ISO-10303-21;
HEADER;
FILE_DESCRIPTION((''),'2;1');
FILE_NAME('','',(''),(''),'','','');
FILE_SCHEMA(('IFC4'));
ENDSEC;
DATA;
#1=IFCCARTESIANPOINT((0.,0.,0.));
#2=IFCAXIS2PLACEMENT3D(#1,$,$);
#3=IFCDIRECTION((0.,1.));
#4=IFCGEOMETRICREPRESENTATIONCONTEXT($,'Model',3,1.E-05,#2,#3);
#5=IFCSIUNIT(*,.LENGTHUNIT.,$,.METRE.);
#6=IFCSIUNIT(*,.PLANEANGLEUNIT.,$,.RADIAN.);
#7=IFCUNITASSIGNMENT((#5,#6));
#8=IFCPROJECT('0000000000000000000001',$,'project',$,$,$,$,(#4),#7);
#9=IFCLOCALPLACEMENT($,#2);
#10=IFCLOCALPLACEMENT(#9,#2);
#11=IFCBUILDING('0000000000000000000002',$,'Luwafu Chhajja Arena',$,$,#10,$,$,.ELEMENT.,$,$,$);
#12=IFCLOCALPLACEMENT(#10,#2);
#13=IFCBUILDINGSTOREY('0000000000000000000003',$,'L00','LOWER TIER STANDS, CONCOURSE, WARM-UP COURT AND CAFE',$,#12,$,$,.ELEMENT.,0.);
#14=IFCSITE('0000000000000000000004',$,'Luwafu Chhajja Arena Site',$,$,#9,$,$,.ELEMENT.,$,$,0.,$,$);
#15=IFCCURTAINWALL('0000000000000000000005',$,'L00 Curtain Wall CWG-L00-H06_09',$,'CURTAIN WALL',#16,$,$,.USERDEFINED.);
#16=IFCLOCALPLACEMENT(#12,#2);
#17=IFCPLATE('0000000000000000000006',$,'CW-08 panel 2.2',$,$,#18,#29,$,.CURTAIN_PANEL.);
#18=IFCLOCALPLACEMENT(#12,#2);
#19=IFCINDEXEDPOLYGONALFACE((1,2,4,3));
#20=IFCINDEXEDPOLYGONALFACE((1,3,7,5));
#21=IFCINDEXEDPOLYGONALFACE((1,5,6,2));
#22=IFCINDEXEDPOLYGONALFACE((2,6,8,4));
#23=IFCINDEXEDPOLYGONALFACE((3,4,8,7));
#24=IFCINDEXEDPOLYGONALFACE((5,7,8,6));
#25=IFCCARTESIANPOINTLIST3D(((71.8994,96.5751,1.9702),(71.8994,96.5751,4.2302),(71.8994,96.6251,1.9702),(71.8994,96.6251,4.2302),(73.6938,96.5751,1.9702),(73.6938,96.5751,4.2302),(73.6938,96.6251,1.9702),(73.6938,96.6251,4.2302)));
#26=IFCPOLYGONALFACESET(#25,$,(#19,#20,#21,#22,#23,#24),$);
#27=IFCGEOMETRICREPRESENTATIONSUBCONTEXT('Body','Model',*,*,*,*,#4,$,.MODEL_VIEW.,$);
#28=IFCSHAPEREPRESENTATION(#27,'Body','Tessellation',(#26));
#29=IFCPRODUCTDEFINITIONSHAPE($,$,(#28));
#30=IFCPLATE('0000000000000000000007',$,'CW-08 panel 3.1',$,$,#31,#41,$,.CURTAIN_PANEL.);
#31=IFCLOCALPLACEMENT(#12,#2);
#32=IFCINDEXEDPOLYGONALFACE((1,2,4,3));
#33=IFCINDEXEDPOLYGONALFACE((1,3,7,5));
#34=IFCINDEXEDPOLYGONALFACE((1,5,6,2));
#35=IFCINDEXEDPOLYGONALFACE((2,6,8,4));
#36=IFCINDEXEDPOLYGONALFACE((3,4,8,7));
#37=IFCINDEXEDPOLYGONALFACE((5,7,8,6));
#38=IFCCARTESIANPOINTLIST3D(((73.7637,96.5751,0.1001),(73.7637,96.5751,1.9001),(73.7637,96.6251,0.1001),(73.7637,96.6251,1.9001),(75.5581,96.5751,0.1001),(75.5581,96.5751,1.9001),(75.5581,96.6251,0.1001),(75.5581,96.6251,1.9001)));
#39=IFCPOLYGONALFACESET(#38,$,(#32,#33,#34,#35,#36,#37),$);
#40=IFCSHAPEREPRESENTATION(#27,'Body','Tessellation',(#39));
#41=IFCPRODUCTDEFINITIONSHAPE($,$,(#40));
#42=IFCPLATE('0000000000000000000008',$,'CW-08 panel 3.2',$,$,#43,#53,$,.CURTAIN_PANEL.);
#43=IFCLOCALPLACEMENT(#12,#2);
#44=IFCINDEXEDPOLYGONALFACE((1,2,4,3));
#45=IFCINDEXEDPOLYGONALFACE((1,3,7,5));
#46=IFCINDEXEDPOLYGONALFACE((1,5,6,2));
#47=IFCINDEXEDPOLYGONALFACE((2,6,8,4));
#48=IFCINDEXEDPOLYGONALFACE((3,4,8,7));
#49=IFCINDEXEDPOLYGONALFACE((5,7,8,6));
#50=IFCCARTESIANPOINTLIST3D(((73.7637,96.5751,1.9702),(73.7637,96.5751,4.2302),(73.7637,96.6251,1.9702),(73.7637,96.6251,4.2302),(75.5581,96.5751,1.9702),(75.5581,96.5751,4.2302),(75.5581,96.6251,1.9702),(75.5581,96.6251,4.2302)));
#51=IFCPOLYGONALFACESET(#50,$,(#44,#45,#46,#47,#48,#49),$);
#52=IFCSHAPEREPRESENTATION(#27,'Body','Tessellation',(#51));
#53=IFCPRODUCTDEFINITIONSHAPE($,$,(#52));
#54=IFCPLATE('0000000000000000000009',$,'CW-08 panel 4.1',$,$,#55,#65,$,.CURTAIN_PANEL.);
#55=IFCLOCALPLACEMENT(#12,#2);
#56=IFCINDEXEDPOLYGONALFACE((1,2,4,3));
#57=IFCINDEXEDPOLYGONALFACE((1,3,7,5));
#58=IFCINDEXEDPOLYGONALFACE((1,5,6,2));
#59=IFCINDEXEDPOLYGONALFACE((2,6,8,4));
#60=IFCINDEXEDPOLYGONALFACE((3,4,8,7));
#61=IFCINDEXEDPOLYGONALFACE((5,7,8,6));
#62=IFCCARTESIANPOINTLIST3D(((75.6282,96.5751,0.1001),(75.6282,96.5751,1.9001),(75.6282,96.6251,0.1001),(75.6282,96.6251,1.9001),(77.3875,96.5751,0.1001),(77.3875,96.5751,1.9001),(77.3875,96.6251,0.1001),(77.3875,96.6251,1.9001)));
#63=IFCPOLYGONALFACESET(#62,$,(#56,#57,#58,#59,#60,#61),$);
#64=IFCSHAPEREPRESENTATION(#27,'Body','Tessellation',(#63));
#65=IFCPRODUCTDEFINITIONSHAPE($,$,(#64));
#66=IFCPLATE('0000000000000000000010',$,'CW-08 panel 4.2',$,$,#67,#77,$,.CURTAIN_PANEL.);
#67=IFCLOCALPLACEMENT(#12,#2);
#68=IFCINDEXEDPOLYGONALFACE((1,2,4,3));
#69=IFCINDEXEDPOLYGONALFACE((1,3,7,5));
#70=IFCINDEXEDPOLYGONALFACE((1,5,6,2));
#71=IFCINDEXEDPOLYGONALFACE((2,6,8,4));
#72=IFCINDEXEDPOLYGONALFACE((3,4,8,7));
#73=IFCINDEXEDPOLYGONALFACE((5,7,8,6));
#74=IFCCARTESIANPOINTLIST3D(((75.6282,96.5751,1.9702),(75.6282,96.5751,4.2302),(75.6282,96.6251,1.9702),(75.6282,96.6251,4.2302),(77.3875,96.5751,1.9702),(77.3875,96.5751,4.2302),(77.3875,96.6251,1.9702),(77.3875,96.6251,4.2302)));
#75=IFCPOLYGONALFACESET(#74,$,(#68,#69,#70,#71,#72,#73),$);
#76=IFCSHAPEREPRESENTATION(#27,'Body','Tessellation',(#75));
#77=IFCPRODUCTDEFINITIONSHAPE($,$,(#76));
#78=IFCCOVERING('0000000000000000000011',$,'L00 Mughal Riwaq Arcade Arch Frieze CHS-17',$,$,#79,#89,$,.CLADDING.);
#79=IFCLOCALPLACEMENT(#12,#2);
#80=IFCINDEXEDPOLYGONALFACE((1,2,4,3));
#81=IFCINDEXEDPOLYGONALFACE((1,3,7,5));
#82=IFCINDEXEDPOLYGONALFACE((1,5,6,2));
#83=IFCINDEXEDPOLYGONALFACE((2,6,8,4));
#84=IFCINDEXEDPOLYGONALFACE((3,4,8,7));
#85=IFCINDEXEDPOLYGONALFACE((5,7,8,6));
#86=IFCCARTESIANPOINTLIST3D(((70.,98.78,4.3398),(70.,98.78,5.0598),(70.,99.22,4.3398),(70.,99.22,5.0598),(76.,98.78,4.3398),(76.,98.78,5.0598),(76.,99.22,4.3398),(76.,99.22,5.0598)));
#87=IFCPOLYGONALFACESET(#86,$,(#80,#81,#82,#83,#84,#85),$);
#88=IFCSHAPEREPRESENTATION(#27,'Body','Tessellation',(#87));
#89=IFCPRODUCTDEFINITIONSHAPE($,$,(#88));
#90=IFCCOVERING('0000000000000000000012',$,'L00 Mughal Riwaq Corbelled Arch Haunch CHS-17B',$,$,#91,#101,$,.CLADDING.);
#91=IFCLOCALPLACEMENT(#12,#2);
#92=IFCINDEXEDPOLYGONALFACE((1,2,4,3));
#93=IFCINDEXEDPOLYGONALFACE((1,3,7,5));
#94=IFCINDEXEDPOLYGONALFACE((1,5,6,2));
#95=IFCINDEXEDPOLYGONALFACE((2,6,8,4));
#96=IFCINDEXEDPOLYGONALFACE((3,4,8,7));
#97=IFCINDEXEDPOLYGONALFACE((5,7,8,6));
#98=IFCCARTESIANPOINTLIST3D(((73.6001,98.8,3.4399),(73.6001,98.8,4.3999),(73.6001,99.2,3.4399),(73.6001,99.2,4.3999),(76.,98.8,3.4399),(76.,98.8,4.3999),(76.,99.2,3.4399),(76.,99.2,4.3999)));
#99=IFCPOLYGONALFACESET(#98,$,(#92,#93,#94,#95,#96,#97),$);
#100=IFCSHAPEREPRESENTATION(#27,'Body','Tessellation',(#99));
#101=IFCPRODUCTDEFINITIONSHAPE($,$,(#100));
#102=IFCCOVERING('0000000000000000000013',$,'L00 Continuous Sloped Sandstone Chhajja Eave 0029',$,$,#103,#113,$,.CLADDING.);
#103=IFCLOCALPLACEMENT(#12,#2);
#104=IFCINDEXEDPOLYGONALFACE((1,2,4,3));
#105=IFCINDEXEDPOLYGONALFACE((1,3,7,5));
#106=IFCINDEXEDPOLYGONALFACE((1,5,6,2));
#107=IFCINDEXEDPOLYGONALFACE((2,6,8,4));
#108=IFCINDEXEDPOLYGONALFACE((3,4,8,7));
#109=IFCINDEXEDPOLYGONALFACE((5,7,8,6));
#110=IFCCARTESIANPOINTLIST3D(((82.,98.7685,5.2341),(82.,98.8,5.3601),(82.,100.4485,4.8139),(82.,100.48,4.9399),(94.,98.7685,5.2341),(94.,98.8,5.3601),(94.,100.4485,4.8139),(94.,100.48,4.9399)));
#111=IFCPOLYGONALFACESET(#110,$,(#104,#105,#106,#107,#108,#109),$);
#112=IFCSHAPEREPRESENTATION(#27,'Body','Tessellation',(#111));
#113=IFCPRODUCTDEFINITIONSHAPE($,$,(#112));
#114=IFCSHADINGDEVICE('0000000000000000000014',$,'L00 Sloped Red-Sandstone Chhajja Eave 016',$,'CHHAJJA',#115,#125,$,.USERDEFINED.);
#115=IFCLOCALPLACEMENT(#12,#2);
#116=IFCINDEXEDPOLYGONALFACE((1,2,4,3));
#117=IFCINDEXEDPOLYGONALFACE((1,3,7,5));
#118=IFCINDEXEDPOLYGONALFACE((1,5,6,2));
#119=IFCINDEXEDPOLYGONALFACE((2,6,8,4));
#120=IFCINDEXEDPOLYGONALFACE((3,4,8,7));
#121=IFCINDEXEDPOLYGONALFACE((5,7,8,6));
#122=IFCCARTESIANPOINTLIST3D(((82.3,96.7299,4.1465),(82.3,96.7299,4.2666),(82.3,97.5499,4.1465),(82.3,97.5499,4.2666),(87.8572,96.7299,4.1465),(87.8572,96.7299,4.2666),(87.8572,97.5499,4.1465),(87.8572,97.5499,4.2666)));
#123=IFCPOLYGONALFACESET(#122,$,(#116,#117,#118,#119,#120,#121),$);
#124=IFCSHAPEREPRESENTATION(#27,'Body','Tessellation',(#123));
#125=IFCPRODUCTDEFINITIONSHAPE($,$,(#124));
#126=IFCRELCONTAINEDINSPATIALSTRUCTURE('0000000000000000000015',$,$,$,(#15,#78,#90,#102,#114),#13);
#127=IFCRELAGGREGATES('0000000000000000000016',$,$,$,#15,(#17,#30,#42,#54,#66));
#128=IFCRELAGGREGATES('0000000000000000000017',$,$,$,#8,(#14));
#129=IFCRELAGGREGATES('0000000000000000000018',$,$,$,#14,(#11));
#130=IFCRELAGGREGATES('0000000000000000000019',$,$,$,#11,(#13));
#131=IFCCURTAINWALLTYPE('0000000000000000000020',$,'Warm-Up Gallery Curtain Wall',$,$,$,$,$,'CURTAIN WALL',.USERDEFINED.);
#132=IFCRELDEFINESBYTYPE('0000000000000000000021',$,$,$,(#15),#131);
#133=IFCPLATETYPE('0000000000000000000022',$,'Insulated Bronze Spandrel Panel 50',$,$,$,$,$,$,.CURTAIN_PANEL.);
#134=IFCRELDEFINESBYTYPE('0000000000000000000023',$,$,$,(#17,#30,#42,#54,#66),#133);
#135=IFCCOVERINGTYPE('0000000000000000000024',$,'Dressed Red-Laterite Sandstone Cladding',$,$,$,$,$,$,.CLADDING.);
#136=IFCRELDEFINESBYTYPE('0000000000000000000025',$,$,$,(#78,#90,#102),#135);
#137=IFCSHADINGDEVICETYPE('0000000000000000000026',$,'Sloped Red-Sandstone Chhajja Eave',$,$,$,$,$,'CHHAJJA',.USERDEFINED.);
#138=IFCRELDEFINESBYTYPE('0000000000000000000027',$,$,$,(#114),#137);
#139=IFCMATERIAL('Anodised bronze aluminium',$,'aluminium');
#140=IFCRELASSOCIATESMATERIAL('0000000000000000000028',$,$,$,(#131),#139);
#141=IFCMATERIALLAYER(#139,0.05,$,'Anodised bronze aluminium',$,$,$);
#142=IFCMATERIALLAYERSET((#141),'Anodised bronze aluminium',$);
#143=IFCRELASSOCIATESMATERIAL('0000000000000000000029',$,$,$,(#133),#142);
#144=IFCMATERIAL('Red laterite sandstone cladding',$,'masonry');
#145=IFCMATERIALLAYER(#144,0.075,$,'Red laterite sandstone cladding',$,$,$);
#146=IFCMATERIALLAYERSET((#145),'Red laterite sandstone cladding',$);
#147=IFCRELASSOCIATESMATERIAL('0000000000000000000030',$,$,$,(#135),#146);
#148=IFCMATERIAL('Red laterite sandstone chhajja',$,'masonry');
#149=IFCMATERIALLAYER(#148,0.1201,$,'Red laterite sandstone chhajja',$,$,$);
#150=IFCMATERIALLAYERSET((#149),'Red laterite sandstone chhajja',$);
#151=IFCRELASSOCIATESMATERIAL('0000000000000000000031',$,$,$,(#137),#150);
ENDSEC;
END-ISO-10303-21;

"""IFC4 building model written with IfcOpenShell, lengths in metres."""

from ifc_helpers import new_model, si_unit, direction, frame, origin, origin_2d, place, context, subcontext, project, spatial, polyline, rectangle, outline, extrude, material, layer, layer_set, type_object, element, aggregate, save


model = new_model("IFC4")

# Units and contexts
model_context = context("Model", 3, precision=1e-05, world=origin(), true_north=direction((0.0, 1.0)))
body_context = subcontext(model_context, "Body", "Model", "MODEL_VIEW")
ifc_project = project(units=[si_unit("LENGTHUNIT", "METRE"), si_unit("PLANEANGLEUNIT", "RADIAN")], contexts=[model_context])

# Site, building, storey
site_placement = place(None, origin())
site = spatial("IfcSite", under=ifc_project, at=site_placement, Name="Luwafu Chhajja Arena Site", CompositionType="ELEMENT", RefElevation=0.0)
building_placement = place(site_placement, origin())
building = spatial("IfcBuilding", under=site, at=building_placement, Name="Luwafu Chhajja Arena", CompositionType="ELEMENT")
storey_placement = place(building_placement, origin())
storey = spatial("IfcBuildingStorey", under=building, at=storey_placement, Name="L00", Description="LOWER TIER STANDS, CONCOURSE, WARM-UP COURT AND CAFE", CompositionType="ELEMENT", Elevation=0.0)

# Curtain wall, plates
ifc_material_1 = material(Name="Anodised bronze aluminium", Category="aluminium")
curtain_wall_type = type_object("IfcCurtainWallType", Name="Warm-Up Gallery Curtain Wall", ElementType="CURTAIN WALL", PredefinedType="USERDEFINED", material=ifc_material_1)
curtain_wall_placement = place(storey_placement, origin())
curtain_wall = element("IfcCurtainWall", 1, at=curtain_wall_placement, inside=storey, type_object=curtain_wall_type, Name="L00 Curtain Wall CWG-L00-H06_09", ObjectType="CURTAIN WALL", PredefinedType="USERDEFINED")
ifc_layer_1 = layer(ifc_material_1, 0.05, Name="Anodised bronze aluminium")
ifc_layer_set_1 = layer_set([ifc_layer_1], Name="Anodised bronze aluminium")
plate_type = type_object("IfcPlateType", Name="Insulated Bronze Spandrel Panel 50", PredefinedType="CURTAIN_PANEL", material=ifc_layer_set_1)
plate_1_placement = place(storey_placement, frame((72.7966, 96.6001, 1.9702), z_axis=(0.0, 0.0, 1.0), x_axis=(1.0, 0.0, 0.0)))
plate_1 = element("IfcPlate", 2, at=plate_1_placement, type_object=plate_type, Name="CW-08 panel 2.2", PredefinedType="CURTAIN_PANEL", context=body_context, shape_type="SweptSolid", body=[
    extrude(rectangle(XDim=1.7944, YDim=0.05, at=origin_2d()), origin(), (0.0, 0.0, 1.0), 2.26),
])
plate_2_placement = place(storey_placement, frame((74.6609, 96.6001, 0.1001), z_axis=(0.0, 0.0, 1.0), x_axis=(1.0, 0.0, 0.0)))
plate_2 = element("IfcPlate", 3, at=plate_2_placement, type_object=plate_type, Name="CW-08 panel 3.1", PredefinedType="CURTAIN_PANEL", context=body_context, shape_type="SweptSolid", body=[
    extrude(rectangle(XDim=1.7944, YDim=0.05, at=origin_2d()), origin(), (0.0, 0.0, 1.0), 1.8),
])
plate_3_placement = place(storey_placement, frame((74.6609, 96.6001, 1.9702), z_axis=(0.0, 0.0, 1.0), x_axis=(1.0, 0.0, 0.0)))
plate_3 = element("IfcPlate", 4, at=plate_3_placement, type_object=plate_type, Name="CW-08 panel 3.2", PredefinedType="CURTAIN_PANEL", context=body_context, shape_type="SweptSolid", body=[
    extrude(rectangle(XDim=1.7944, YDim=0.05, at=origin_2d()), origin(), (0.0, 0.0, 1.0), 2.26),
])
plate_4_placement = place(storey_placement, frame((76.5078, 96.6001, 0.1001), z_axis=(0.0, 0.0, 1.0), x_axis=(1.0, 0.0, 0.0)))
plate_4 = element("IfcPlate", 5, at=plate_4_placement, type_object=plate_type, Name="CW-08 panel 4.1", PredefinedType="CURTAIN_PANEL", context=body_context, shape_type="SweptSolid", body=[
    extrude(rectangle(XDim=1.7593, YDim=0.05, at=origin_2d()), origin(), (0.0, 0.0, 1.0), 1.8),
])
plate_5_placement = place(storey_placement, frame((76.5078, 96.6001, 1.9702), z_axis=(0.0, 0.0, 1.0), x_axis=(1.0, 0.0, 0.0)))
plate_5 = element("IfcPlate", 6, at=plate_5_placement, type_object=plate_type, Name="CW-08 panel 4.2", PredefinedType="CURTAIN_PANEL", context=body_context, shape_type="SweptSolid", body=[
    extrude(rectangle(XDim=1.7593, YDim=0.05, at=origin_2d()), origin(), (0.0, 0.0, 1.0), 2.26),
])
aggregate(curtain_wall, [plate_1, plate_2, plate_3, plate_4, plate_5])

# Coverings
ifc_material_2 = material(Name="Red laterite sandstone cladding", Category="masonry")
ifc_layer_2 = layer(ifc_material_2, 0.075, Name="Red laterite sandstone cladding")
ifc_layer_set_2 = layer_set([ifc_layer_2], Name="Red laterite sandstone cladding")
covering_type = type_object("IfcCoveringType", Name="Dressed Red-Laterite Sandstone Cladding", PredefinedType="CLADDING", material=ifc_layer_set_2)
covering_1_placement = place(storey_placement, frame((73.0, 99.0, 4.3398), z_axis=(0.0, 0.0, 1.0), x_axis=(1.0, 0.0, 0.0)))
element("IfcCovering", 7, at=covering_1_placement, inside=storey, type_object=covering_type, Name="L00 Mughal Riwaq Arcade Arch Frieze CHS-17", PredefinedType="CLADDING", context=body_context, shape_type="SweptSolid", body=[
    extrude(rectangle(XDim=6.0, YDim=0.4399, at=origin_2d()), origin(), (0.0, 0.0, 1.0), 0.72),
])
covering_2_placement = place(storey_placement, frame((74.8, 99.0, 3.4399), z_axis=(0.0, 0.0, 1.0), x_axis=(1.0, 0.0, 0.0)))
element("IfcCovering", 8, at=covering_2_placement, inside=storey, type_object=covering_type, Name="L00 Mughal Riwaq Corbelled Arch Haunch CHS-17B", PredefinedType="CLADDING", context=body_context, shape_type="SweptSolid", body=[
    extrude(rectangle(XDim=2.3999, YDim=0.3999, at=origin_2d()), origin(), (0.0, 0.0, 1.0), 0.96),
])
covering_3_placement = place(storey_placement, frame((82.0, 98.8, 5.3601), z_axis=(0.0, 0.242635, 0.970118), x_axis=(1.0, 0.0, 0.0)))
element("IfcCovering", 9, at=covering_3_placement, inside=storey, type_object=covering_type, Name="L00 Continuous Sloped Sandstone Chhajja Eave 0029", PredefinedType="CLADDING", context=body_context, shape_type="SweptSolid", body=[
    extrude(outline(polyline([(0.0, 0.0), (12.0, 0.0), (12.0, 1.7317), (0.0, 1.7317), (0.0, 0.0)])), origin(), (0.0, 0.0, -1.0), 0.1299),
])

# Shading device
ifc_material_3 = material(Name="Red laterite sandstone chhajja", Category="masonry")
ifc_layer_3 = layer(ifc_material_3, 0.1201, Name="Red laterite sandstone chhajja")
ifc_layer_set_3 = layer_set([ifc_layer_3], Name="Red laterite sandstone chhajja")
shading_device_type = type_object("IfcShadingDeviceType", Name="Sloped Red-Sandstone Chhajja Eave", ElementType="CHHAJJA", PredefinedType="USERDEFINED", material=ifc_layer_set_3)
shading_device_placement = place(storey_placement, frame((85.0786, 97.1399, 4.1465), z_axis=(0.0, 0.0, 1.0), x_axis=(1.0, 0.0, 0.0)))
element("IfcShadingDevice", 10, at=shading_device_placement, inside=storey, type_object=shading_device_type, Name="L00 Sloped Red-Sandstone Chhajja Eave 016", ObjectType="CHHAJJA", PredefinedType="USERDEFINED", context=body_context, shape_type="SweptSolid", body=[
    extrude(rectangle(XDim=5.5571, YDim=0.8201, at=origin_2d()), origin(), (0.0, 0.0, 1.0), 0.1201),
])

save(model, "model.ifc")
